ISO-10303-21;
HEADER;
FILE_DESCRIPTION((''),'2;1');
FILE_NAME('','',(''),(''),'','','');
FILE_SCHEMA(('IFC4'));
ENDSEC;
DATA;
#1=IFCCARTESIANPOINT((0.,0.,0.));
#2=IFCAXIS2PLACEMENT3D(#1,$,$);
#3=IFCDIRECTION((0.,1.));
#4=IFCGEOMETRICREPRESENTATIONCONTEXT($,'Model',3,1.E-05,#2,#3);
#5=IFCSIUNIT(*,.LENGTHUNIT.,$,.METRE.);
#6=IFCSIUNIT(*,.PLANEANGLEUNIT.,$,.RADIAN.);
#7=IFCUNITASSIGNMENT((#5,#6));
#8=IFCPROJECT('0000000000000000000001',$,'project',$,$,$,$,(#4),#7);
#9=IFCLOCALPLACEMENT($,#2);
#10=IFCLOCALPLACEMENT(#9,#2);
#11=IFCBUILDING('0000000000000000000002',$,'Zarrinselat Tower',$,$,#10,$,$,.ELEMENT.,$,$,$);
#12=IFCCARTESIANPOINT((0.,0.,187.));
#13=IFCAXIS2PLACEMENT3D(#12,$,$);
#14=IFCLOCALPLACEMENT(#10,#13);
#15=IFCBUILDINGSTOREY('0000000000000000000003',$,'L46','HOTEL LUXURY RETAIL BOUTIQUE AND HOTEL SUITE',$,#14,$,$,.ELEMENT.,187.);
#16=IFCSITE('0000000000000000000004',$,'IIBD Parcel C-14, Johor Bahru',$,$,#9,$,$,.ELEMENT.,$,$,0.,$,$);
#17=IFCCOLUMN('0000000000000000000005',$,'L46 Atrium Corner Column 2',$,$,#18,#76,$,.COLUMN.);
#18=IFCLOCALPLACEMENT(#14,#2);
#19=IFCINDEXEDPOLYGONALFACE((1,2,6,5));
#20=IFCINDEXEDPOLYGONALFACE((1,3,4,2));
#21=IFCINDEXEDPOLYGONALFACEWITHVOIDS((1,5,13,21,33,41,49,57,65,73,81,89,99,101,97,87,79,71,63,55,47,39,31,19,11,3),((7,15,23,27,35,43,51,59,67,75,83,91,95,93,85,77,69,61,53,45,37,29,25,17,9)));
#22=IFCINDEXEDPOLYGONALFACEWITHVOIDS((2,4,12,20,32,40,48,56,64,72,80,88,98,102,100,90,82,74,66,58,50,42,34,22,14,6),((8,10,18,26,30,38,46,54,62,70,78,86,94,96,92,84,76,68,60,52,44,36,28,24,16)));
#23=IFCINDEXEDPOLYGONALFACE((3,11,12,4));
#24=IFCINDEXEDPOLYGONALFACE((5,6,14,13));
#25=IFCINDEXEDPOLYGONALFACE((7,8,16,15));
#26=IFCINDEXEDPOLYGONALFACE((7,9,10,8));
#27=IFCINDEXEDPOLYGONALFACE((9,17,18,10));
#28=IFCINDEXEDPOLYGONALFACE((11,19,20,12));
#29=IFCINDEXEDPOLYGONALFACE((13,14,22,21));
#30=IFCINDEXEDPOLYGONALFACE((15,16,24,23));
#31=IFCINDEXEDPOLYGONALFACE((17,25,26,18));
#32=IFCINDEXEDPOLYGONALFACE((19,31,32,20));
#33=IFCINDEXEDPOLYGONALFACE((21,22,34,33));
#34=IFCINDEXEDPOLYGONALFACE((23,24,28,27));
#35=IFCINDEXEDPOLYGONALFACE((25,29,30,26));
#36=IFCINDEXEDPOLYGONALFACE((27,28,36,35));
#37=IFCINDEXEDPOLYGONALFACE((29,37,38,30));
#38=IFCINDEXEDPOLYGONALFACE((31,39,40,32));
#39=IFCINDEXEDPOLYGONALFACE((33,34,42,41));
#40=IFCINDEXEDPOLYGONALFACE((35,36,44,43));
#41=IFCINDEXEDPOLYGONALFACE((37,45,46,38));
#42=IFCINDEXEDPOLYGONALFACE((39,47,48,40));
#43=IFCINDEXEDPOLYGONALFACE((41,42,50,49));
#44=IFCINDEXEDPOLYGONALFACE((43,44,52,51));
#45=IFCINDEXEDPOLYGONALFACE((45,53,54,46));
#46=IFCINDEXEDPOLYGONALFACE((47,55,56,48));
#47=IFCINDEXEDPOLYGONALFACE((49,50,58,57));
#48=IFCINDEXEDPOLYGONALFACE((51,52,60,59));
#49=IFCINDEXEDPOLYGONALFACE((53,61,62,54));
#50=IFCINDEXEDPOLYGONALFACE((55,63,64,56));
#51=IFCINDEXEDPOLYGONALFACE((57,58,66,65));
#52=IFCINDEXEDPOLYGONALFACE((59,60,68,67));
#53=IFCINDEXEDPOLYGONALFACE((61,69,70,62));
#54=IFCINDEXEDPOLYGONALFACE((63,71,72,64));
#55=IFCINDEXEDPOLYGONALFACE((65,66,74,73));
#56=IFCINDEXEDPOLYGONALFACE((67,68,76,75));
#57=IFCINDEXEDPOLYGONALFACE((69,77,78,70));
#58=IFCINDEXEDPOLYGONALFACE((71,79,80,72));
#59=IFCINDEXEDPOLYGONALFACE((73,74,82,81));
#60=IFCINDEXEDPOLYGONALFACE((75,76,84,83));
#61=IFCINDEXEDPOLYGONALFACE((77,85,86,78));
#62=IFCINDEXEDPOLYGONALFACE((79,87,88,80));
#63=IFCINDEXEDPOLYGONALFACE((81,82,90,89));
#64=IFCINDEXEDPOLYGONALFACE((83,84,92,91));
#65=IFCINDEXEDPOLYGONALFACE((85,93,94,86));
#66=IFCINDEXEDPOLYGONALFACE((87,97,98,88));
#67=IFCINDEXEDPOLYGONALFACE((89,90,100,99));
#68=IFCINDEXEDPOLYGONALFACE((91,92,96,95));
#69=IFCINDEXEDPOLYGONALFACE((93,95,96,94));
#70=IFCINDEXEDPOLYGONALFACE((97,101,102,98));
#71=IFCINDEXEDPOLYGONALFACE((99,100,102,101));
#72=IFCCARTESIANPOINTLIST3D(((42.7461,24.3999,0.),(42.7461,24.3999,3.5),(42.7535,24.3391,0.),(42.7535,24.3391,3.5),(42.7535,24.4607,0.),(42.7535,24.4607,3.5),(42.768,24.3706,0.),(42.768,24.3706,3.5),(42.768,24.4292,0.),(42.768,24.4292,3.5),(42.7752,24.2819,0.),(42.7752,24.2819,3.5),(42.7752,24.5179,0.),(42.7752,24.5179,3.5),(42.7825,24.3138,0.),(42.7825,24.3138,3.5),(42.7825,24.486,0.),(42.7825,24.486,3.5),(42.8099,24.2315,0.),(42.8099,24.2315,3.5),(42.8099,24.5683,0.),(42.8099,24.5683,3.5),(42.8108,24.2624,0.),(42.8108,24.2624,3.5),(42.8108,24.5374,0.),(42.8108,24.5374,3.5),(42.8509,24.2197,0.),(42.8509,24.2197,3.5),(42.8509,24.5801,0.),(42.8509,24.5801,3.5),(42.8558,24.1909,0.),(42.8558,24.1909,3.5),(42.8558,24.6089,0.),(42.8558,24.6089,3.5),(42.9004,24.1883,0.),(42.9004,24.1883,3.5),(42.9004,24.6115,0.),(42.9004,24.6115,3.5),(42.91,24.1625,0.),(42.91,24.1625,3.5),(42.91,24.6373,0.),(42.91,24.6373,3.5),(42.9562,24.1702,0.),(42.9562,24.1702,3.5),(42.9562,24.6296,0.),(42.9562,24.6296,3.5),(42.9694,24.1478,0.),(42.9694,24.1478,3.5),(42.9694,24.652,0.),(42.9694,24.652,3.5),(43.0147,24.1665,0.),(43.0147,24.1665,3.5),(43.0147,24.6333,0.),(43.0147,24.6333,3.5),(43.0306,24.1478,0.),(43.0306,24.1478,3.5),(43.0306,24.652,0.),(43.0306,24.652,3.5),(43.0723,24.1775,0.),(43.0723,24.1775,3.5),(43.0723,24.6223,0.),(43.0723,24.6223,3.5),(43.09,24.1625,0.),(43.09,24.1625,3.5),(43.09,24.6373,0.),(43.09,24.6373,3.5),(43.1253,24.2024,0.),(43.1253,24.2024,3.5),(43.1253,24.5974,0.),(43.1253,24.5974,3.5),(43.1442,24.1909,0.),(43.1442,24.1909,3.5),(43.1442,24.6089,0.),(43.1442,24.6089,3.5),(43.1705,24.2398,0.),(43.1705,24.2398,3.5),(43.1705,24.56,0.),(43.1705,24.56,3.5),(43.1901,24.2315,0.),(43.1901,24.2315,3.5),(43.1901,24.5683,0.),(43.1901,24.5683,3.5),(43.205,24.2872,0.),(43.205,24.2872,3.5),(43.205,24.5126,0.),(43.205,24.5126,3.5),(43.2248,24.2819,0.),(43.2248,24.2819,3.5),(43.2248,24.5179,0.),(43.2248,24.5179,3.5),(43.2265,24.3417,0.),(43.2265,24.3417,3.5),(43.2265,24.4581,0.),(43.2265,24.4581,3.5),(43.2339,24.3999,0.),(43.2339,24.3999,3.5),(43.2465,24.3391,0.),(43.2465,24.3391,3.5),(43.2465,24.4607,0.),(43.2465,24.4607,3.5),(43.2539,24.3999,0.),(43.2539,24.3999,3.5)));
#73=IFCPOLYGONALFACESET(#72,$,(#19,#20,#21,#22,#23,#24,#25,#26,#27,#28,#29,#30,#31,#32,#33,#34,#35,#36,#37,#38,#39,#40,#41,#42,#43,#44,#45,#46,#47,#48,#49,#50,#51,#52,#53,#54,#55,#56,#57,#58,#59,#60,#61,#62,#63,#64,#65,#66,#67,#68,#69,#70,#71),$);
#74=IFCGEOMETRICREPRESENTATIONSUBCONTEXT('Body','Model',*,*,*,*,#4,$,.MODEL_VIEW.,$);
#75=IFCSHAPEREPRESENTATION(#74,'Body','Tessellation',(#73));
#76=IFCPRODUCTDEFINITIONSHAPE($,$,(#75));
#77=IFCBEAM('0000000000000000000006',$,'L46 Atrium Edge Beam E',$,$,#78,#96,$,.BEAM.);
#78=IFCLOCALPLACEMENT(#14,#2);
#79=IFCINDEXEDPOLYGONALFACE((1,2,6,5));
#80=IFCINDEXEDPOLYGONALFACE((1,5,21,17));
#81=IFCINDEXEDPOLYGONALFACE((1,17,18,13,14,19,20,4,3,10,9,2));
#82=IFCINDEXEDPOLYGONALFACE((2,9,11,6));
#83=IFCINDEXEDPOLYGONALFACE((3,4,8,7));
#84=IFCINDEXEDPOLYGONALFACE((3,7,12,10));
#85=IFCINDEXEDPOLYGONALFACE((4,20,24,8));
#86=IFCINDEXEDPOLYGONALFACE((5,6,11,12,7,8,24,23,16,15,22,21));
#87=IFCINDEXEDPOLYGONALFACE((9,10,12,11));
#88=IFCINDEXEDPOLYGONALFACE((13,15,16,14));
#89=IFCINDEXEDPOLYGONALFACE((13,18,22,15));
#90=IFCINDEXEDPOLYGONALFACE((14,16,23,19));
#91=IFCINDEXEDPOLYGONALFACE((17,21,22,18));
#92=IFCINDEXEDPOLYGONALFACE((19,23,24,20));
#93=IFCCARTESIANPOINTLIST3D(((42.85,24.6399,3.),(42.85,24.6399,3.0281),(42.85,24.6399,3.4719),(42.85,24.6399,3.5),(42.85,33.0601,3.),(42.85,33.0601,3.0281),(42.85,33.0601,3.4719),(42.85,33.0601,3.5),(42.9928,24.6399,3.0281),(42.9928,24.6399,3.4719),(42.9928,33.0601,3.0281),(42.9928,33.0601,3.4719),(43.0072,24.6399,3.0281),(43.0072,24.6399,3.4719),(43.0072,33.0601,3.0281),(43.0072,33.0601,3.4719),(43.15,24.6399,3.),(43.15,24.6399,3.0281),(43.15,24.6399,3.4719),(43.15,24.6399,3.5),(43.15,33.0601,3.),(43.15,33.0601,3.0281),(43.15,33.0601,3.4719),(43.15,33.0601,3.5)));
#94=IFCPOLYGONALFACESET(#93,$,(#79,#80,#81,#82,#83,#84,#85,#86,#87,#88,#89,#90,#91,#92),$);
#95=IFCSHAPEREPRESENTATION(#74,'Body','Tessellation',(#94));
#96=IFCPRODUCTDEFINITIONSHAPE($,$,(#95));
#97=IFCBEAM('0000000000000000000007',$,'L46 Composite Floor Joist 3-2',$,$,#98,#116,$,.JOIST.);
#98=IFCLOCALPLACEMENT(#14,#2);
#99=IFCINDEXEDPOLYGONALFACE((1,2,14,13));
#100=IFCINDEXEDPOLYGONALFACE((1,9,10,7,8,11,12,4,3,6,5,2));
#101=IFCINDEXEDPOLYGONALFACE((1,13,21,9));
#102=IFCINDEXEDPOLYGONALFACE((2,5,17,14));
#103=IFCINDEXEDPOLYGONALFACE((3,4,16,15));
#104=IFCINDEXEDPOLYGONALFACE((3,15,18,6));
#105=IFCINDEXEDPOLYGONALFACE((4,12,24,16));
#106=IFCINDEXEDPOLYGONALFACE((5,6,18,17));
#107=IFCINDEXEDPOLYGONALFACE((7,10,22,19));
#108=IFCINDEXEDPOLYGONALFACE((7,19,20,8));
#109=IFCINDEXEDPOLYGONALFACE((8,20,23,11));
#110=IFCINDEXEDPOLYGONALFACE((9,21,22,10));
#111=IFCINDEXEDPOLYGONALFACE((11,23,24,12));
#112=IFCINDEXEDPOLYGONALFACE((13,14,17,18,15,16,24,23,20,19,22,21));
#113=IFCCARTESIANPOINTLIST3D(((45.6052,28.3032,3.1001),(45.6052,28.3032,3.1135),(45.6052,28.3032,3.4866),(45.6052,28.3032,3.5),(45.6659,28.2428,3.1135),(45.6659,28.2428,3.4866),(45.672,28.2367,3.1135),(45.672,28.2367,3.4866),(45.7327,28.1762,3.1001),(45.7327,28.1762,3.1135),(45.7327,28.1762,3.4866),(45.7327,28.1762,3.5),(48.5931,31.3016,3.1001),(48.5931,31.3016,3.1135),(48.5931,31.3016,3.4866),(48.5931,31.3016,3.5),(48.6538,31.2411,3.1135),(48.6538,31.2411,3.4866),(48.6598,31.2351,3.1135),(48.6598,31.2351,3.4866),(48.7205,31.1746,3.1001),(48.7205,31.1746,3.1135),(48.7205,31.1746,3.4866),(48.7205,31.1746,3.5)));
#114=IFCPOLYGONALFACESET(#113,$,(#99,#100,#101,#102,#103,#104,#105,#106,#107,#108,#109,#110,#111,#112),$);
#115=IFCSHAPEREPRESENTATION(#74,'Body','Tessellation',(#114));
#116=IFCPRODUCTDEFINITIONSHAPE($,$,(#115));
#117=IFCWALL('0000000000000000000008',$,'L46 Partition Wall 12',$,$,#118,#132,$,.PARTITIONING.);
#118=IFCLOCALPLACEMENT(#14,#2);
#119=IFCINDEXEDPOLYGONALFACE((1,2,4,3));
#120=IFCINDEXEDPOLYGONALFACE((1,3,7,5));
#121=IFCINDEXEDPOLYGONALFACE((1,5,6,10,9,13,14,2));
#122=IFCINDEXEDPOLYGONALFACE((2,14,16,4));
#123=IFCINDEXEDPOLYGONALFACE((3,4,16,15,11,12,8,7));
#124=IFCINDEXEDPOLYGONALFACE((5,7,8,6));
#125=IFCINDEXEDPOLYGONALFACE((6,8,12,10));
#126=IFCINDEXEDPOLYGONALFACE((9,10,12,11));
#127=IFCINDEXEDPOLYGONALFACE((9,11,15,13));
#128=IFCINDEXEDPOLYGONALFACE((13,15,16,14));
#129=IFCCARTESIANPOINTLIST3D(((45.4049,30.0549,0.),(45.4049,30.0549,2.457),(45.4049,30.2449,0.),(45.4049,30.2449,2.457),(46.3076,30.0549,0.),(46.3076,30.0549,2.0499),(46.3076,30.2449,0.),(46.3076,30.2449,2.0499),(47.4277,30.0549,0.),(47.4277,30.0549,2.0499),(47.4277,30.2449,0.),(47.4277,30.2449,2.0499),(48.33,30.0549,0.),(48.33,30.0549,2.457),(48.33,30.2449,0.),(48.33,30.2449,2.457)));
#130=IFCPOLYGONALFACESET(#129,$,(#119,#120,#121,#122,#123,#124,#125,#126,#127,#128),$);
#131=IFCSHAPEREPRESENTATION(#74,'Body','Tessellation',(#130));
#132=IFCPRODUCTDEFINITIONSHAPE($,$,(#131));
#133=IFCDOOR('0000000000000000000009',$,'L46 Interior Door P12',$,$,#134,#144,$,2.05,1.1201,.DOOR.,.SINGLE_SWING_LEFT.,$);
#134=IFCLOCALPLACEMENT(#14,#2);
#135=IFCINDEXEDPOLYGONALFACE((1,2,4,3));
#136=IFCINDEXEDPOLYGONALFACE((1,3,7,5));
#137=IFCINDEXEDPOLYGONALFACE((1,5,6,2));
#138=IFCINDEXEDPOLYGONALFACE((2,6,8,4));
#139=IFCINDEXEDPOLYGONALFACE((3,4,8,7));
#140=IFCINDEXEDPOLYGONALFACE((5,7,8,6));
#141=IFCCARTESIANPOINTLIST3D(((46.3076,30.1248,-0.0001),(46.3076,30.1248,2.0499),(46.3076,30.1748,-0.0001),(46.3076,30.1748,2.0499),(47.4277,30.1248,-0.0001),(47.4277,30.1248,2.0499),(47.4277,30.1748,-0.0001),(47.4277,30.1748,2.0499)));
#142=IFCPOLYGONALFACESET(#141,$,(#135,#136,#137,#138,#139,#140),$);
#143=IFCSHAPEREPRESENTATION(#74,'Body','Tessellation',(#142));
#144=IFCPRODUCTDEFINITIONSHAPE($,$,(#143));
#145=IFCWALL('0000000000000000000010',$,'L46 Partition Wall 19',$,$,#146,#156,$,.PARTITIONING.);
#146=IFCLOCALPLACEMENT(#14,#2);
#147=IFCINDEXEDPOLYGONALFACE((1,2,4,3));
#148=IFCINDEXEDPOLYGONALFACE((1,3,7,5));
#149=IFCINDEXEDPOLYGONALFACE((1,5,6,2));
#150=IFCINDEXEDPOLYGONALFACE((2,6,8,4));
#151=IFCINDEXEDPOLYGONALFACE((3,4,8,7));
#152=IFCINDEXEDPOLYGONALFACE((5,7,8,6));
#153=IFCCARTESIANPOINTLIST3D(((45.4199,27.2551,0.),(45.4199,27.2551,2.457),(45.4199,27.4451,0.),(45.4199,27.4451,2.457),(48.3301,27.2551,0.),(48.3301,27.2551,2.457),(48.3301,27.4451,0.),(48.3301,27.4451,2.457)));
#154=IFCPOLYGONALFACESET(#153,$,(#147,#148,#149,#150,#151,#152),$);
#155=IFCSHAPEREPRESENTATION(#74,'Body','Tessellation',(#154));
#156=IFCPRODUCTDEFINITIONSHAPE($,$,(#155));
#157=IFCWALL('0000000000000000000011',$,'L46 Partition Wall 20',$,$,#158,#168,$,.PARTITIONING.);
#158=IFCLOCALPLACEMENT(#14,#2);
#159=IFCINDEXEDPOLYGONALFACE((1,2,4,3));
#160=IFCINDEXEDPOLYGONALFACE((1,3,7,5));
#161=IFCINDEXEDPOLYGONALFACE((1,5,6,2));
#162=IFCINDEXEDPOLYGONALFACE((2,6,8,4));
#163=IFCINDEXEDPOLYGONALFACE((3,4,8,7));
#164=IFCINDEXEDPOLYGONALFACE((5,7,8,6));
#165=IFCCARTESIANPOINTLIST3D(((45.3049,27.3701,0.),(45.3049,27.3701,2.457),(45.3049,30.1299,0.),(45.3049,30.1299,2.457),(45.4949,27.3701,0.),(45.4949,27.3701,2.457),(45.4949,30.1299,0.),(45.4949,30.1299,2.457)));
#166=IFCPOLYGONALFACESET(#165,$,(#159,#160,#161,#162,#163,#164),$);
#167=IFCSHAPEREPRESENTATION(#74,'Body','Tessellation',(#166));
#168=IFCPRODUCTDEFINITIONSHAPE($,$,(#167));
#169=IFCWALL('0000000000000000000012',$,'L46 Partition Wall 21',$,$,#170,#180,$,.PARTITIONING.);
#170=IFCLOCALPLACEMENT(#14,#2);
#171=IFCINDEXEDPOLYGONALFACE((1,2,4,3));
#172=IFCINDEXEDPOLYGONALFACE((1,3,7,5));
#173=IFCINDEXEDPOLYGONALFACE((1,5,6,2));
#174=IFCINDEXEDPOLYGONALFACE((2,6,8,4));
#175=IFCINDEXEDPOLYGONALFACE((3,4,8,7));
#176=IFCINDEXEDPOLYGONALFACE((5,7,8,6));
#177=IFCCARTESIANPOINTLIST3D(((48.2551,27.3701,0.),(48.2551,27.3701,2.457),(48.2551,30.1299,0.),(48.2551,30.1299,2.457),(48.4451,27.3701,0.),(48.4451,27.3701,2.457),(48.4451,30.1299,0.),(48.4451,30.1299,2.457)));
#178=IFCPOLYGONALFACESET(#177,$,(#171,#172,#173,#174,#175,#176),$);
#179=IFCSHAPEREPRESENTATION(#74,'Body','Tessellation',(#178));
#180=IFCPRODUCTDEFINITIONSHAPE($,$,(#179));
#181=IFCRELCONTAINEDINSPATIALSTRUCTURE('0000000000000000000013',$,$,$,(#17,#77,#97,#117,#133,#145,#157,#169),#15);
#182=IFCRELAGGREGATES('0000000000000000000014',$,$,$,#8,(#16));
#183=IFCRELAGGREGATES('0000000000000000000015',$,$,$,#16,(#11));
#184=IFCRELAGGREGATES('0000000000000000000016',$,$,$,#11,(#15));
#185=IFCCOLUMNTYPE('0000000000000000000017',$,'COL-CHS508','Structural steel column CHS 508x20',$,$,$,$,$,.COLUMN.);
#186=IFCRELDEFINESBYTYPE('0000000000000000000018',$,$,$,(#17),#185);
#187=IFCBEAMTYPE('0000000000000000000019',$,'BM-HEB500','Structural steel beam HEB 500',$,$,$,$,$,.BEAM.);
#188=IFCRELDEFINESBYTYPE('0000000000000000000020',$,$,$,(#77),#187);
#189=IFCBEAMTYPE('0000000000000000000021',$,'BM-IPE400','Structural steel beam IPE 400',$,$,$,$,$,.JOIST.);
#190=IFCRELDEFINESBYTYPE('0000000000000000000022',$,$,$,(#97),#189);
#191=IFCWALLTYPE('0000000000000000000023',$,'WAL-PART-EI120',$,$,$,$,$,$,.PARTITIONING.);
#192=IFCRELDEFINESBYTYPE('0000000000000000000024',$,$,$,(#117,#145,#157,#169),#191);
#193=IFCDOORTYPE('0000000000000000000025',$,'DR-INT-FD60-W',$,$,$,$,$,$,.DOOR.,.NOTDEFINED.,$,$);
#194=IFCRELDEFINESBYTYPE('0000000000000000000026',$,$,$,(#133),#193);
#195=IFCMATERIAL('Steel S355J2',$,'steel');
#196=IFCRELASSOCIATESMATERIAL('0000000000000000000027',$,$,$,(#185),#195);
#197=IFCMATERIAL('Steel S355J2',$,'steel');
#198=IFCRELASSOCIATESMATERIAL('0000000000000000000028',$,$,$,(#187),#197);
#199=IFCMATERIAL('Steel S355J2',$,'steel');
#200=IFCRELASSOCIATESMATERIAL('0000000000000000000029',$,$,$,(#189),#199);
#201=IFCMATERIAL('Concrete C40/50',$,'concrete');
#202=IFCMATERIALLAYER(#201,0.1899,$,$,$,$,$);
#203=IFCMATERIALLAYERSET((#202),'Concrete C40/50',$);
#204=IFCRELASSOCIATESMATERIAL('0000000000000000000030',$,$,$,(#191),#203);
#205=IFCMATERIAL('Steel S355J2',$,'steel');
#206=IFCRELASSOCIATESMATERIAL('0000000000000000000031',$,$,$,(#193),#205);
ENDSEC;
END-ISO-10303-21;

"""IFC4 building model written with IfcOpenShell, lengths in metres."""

from ifc_helpers import new_model, si_unit, direction, frame, frame_2d, origin, origin_2d, place, context, subcontext, project, spatial, rectangle, hollow_circle, i_section, extrude, material, layer, layer_set, material_profile, profile_set, type_object, element, fill, save


model = new_model("IFC4")

# Units and contexts
model_context = context("Model", 3, precision=1e-05, world=origin(), true_north=direction((0.0, 1.0)))
body_context = subcontext(model_context, "Body", "Model", "MODEL_VIEW")
ifc_project = project(units=[si_unit("LENGTHUNIT", "METRE"), si_unit("PLANEANGLEUNIT", "RADIAN")], contexts=[model_context])

# Site, building, storey
site_placement = place(None, origin())
site = spatial("IfcSite", under=ifc_project, at=site_placement, Name="IIBD Parcel C-14, Johor Bahru", CompositionType="ELEMENT", RefElevation=0.0)
building_placement = place(site_placement, origin())
building = spatial("IfcBuilding", under=site, at=building_placement, Name="Zarrinselat Tower", CompositionType="ELEMENT")
storey_placement = place(building_placement, frame((0.0, 0.0, 187.0)))
storey = spatial("IfcBuildingStorey", under=building, at=storey_placement, Name="L46", Description="HOTEL LUXURY RETAIL BOUTIQUE AND HOTEL SUITE", CompositionType="ELEMENT", Elevation=187.0)

# Column
ifc_material_1 = material(Name="Steel S355J2", Category="steel")
ifc_material_profile_1 = material_profile(ifc_material_1, hollow_circle(Radius=0.2539, WallThickness=0.02, at=origin_2d()), Name="CHS 508x20")
ifc_profile_set_1 = profile_set([ifc_material_profile_1], Name="Steel S355J2")
column_type = type_object("IfcColumnType", Name="COL-CHS508", Description="Structural steel column CHS 508x20", PredefinedType="COLUMN", material=ifc_profile_set_1)
column_placement = place(storey_placement, frame((43.0, 24.3999, 0.0), z_axis=(0.0, 0.0, 1.0), x_axis=(1.0, 0.0, 0.0)))
element("IfcColumn", 1, at=column_placement, inside=storey, type_object=column_type, Name="L46 Atrium Corner Column 2", PredefinedType="COLUMN", context=body_context, shape_type="SweptSolid", body=[
    extrude(hollow_circle(Radius=0.2539, WallThickness=0.02, at=origin_2d()), origin(), (0.0, 0.0, 1.0), 3.5),
])

# Beams
ifc_material_2 = material(Name="Steel S355J2", Category="steel")
ifc_material_profile_2 = material_profile(ifc_material_2, i_section(OverallWidth=0.3, OverallDepth=0.5, WebThickness=0.0144, FlangeThickness=0.0281, at=origin_2d()), Name="HEB 500")
ifc_profile_set_2 = profile_set([ifc_material_profile_2], Name="Steel S355J2")
beam_type_1 = type_object("IfcBeamType", Name="BM-HEB500", Description="Structural steel beam HEB 500", PredefinedType="BEAM", material=ifc_profile_set_2)
beam_1_placement = place(storey_placement, frame((43.0, 24.6399, 3.25), z_axis=(0.0, 1.0, 0.0), x_axis=(-1.0, 0.0, 0.0)))
element("IfcBeam", 2, at=beam_1_placement, inside=storey, type_object=beam_type_1, Name="L46 Atrium Edge Beam E", PredefinedType="BEAM", context=body_context, shape_type="SweptSolid", body=[
    extrude(i_section(OverallWidth=0.3, OverallDepth=0.5, WebThickness=0.0144, FlangeThickness=0.0281, at=origin_2d()), origin(), (0.0, 0.0, 1.0), 8.4202),
])
ifc_material_3 = material(Name="Steel S355J2", Category="steel")
ifc_material_profile_3 = material_profile(ifc_material_3, i_section(OverallWidth=0.1799, OverallDepth=0.3999, WebThickness=0.0085, FlangeThickness=0.0134, at=origin_2d()), Name="IPE 400")
ifc_profile_set_3 = profile_set([ifc_material_profile_3], Name="Steel S355J2")
beam_type_2 = type_object("IfcBeamType", Name="BM-IPE400", Description="Structural steel beam IPE 400", PredefinedType="JOIST", material=ifc_profile_set_3)
beam_2_placement = place(storey_placement, frame((45.6689, 28.2397, 3.3), z_axis=(0.705866, 0.708346, 0.0), x_axis=(-0.708346, 0.705866, 0.0)))
element("IfcBeam", 3, at=beam_2_placement, inside=storey, type_object=beam_type_2, Name="L46 Composite Floor Joist 3-2", PredefinedType="JOIST", context=body_context, shape_type="SweptSolid", body=[
    extrude(i_section(OverallWidth=0.1799, OverallDepth=0.3999, WebThickness=0.0085, FlangeThickness=0.0134, at=origin_2d()), origin(), (0.0, 0.0, 1.0), 4.2329),
])

# Wall, opening, door
ifc_material_4 = material(Name="Concrete C40/50", Category="concrete")
ifc_layer_1 = layer(ifc_material_4, 0.1899)
ifc_layer_set_1 = layer_set([ifc_layer_1], Name="Concrete C40/50")
wall_type_1 = type_object("IfcWallType", Name="WAL-PART-EI120", PredefinedType="PARTITIONING", material=ifc_layer_set_1)
wall_1_placement = place(storey_placement, frame((45.405, 30.1499, 0.0), z_axis=(0.0, 0.0, 1.0), x_axis=(1.0, 0.0, 0.0)))
wall_1 = element("IfcWall", 4, at=wall_1_placement, inside=storey, type_object=wall_type_1, Name="L46 Partition Wall 12", PredefinedType="PARTITIONING", context=body_context, shape_type="SweptSolid", body=[
    extrude(rectangle(XDim=2.925, YDim=0.1899, at=frame_2d((1.4624, 0.0))), origin(), (0.0, 0.0, 1.0), 2.457),
])
opening_1_placement = place(wall_1_placement, frame((0.9026, 0.0, 0.0)))
opening_1 = element("IfcOpeningElement", 5, at=opening_1_placement, cuts=wall_1, PredefinedType="OPENING", context=body_context, shape_type="SweptSolid", body=[
    extrude(rectangle(XDim=1.1201, YDim=2.05, at=frame_2d((0.5601, 1.0249))), frame((0.0, 0.105, 0.0), z_axis=(0.0, -1.0, 0.0), x_axis=(1.0, 0.0, 0.0)), (0.0, 0.0, 1.0), 0.21),
])
ifc_material_5 = material(Name="Steel S355J2", Category="steel")
door_type_1 = type_object("IfcDoorType", Name="DR-INT-FD60-W", OperationType="NOTDEFINED", PredefinedType="DOOR", material=ifc_material_5)
door_1_placement = place(opening_1_placement, origin())
door_1 = element("IfcDoor", 6, at=door_1_placement, inside=storey, type_object=door_type_1, Name="L46 Interior Door P12", OperationType="SINGLE_SWING_LEFT", OverallHeight=2.05, OverallWidth=1.1201, PredefinedType="DOOR", context=body_context, shape_type="SweptSolid", body=[
    extrude(rectangle(XDim=1.1201, YDim=2.05, at=frame_2d((0.5601, 1.0249))), frame((0.0, 0.0249, 0.0), z_axis=(0.0, -1.0, 0.0), x_axis=(1.0, 0.0, 0.0)), (0.0, 0.0, 1.0), 0.05),
])
fill(opening_1, door_1)

# Walls
wall_2_placement = place(storey_placement, frame((45.4199, 27.3501, 0.0), z_axis=(0.0, 0.0, 1.0), x_axis=(1.0, 0.0, 0.0)))
element("IfcWall", 7, at=wall_2_placement, inside=storey, type_object=wall_type_1, Name="L46 Partition Wall 19", PredefinedType="PARTITIONING", context=body_context, shape_type="SweptSolid", body=[
    extrude(rectangle(XDim=2.9102, YDim=0.1899, at=frame_2d((1.4551, 0.0))), origin(), (0.0, 0.0, 1.0), 2.457),
])
for number, where, z_axis, x_axis, name in (
    (8, (45.3999, 27.3701, 0.0), (0.0, 0.0, 1.0), (0.0, 1.0, 0.0), "L46 Partition Wall 20"),
    (9, (48.3501, 27.3701, 0.0), (0.0, 0.0, 1.0), (0.0, 1.0, 0.0), "L46 Partition Wall 21"),
):
    element("IfcWall", number, at=place(storey_placement, frame(where, z_axis=z_axis, x_axis=x_axis)), inside=storey, type_object=wall_type_1, Name=name, PredefinedType="PARTITIONING", context=body_context, shape_type="SweptSolid", body=[
        extrude(rectangle(XDim=2.7598, YDim=0.1899, at=frame_2d((1.3799, 0.0))), origin(), (0.0, 0.0, 1.0), 2.457),
    ])

save(model, "model.ifc")
